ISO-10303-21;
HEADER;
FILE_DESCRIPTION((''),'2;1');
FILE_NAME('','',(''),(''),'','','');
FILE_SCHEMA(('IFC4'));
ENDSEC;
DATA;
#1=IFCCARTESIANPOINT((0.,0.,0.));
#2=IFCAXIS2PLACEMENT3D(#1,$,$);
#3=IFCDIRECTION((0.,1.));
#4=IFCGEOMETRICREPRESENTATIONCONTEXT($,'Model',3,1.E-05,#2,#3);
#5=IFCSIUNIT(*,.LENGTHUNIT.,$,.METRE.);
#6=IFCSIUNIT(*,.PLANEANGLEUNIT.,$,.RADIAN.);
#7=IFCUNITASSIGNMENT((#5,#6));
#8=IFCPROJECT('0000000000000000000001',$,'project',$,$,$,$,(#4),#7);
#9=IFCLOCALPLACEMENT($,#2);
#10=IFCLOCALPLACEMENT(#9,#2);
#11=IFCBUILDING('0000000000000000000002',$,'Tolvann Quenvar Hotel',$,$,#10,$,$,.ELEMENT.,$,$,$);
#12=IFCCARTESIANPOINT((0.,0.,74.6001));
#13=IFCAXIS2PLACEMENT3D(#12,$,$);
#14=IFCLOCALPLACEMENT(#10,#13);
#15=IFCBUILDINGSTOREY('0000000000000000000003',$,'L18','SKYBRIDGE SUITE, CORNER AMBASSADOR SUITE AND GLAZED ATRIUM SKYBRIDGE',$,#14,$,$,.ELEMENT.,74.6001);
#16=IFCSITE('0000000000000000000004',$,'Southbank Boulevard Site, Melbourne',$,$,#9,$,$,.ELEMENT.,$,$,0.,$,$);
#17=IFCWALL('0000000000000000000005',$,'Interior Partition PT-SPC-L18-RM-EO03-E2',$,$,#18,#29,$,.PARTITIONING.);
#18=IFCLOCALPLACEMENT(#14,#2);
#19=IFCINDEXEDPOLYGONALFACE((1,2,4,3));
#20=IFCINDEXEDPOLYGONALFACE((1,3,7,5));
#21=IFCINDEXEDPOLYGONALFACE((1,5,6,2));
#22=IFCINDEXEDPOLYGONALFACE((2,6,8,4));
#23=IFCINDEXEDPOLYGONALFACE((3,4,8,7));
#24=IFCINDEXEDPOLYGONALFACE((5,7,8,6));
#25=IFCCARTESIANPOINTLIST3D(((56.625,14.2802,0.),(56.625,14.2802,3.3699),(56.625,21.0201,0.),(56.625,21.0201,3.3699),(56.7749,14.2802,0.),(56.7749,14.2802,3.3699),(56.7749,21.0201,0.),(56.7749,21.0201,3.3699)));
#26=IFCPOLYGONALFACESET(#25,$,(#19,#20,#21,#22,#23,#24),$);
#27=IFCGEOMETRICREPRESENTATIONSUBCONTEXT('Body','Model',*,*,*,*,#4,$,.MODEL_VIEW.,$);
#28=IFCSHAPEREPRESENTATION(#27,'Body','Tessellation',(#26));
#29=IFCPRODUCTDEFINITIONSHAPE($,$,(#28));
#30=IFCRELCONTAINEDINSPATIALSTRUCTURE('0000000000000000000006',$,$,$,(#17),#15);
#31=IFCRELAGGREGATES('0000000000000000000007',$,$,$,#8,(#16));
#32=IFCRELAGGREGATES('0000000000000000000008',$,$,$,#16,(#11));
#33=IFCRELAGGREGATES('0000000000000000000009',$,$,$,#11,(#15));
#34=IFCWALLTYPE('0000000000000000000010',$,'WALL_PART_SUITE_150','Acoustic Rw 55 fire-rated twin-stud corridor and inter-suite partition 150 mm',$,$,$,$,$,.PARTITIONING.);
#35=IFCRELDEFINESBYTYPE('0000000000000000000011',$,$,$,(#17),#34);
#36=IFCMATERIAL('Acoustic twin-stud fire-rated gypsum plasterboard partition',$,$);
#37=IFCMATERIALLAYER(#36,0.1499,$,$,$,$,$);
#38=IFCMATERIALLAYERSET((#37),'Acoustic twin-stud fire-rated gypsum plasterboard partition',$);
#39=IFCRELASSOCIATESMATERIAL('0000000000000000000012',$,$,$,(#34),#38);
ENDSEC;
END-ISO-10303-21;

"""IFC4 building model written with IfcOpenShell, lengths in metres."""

from ifc_helpers import new_model, si_unit, direction, frame, frame_2d, origin, place, context, subcontext, project, spatial, rectangle, extrude, material, layer, layer_set, type_object, element, save


model = new_model("IFC4")

# Units and contexts
model_context = context("Model", 3, precision=1e-05, world=origin(), true_north=direction((0.0, 1.0)))
body_context = subcontext(model_context, "Body", "Model", "MODEL_VIEW")
ifc_project = project(units=[si_unit("LENGTHUNIT", "METRE"), si_unit("PLANEANGLEUNIT", "RADIAN")], contexts=[model_context])

# Site, building, storey
site_placement = place(None, origin())
site = spatial("IfcSite", under=ifc_project, at=site_placement, Name="Southbank Boulevard Site, Melbourne", CompositionType="ELEMENT", RefElevation=0.0)
building_placement = place(site_placement, origin())
building = spatial("IfcBuilding", under=site, at=building_placement, Name="Tolvann Quenvar Hotel", CompositionType="ELEMENT")
storey_placement = place(building_placement, frame((0.0, 0.0, 74.6001)))
storey = spatial("IfcBuildingStorey", under=building, at=storey_placement, Name="L18", Description="SKYBRIDGE SUITE, CORNER AMBASSADOR SUITE AND GLAZED ATRIUM SKYBRIDGE", CompositionType="ELEMENT", Elevation=74.6001)

# Shared definitions
ifc_material_1 = material(Name="Acoustic twin-stud fire-rated gypsum plasterboard partition")
ifc_layer_1 = layer(ifc_material_1, 0.1499)
ifc_layer_set_1 = layer_set([ifc_layer_1], Name="Acoustic twin-stud fire-rated gypsum plasterboard partition")
wall_type_1 = type_object("IfcWallType", Name="WALL_PART_SUITE_150", Description="Acoustic Rw 55 fire-rated twin-stud corridor and inter-suite partition 150 mm", PredefinedType="PARTITIONING", material=ifc_layer_set_1)

# Wall
wall_1_placement = place(storey_placement, frame((56.7, 14.28, 0.0), z_axis=(0.0, 0.0, 1.0), x_axis=(0.0, 1.0, 0.0)))
element("IfcWall", 1, at=wall_1_placement, inside=storey, type_object=wall_type_1, Name="Interior Partition PT-SPC-L18-RM-EO03-E2", PredefinedType="PARTITIONING", context=body_context, shape_type="SweptSolid", body=[
    extrude(rectangle(XDim=6.74, YDim=0.1499, at=frame_2d((3.3701, 0.0))), origin(), (0.0, 0.0, 1.0), 3.3699),
])

save(model, "model.ifc")
